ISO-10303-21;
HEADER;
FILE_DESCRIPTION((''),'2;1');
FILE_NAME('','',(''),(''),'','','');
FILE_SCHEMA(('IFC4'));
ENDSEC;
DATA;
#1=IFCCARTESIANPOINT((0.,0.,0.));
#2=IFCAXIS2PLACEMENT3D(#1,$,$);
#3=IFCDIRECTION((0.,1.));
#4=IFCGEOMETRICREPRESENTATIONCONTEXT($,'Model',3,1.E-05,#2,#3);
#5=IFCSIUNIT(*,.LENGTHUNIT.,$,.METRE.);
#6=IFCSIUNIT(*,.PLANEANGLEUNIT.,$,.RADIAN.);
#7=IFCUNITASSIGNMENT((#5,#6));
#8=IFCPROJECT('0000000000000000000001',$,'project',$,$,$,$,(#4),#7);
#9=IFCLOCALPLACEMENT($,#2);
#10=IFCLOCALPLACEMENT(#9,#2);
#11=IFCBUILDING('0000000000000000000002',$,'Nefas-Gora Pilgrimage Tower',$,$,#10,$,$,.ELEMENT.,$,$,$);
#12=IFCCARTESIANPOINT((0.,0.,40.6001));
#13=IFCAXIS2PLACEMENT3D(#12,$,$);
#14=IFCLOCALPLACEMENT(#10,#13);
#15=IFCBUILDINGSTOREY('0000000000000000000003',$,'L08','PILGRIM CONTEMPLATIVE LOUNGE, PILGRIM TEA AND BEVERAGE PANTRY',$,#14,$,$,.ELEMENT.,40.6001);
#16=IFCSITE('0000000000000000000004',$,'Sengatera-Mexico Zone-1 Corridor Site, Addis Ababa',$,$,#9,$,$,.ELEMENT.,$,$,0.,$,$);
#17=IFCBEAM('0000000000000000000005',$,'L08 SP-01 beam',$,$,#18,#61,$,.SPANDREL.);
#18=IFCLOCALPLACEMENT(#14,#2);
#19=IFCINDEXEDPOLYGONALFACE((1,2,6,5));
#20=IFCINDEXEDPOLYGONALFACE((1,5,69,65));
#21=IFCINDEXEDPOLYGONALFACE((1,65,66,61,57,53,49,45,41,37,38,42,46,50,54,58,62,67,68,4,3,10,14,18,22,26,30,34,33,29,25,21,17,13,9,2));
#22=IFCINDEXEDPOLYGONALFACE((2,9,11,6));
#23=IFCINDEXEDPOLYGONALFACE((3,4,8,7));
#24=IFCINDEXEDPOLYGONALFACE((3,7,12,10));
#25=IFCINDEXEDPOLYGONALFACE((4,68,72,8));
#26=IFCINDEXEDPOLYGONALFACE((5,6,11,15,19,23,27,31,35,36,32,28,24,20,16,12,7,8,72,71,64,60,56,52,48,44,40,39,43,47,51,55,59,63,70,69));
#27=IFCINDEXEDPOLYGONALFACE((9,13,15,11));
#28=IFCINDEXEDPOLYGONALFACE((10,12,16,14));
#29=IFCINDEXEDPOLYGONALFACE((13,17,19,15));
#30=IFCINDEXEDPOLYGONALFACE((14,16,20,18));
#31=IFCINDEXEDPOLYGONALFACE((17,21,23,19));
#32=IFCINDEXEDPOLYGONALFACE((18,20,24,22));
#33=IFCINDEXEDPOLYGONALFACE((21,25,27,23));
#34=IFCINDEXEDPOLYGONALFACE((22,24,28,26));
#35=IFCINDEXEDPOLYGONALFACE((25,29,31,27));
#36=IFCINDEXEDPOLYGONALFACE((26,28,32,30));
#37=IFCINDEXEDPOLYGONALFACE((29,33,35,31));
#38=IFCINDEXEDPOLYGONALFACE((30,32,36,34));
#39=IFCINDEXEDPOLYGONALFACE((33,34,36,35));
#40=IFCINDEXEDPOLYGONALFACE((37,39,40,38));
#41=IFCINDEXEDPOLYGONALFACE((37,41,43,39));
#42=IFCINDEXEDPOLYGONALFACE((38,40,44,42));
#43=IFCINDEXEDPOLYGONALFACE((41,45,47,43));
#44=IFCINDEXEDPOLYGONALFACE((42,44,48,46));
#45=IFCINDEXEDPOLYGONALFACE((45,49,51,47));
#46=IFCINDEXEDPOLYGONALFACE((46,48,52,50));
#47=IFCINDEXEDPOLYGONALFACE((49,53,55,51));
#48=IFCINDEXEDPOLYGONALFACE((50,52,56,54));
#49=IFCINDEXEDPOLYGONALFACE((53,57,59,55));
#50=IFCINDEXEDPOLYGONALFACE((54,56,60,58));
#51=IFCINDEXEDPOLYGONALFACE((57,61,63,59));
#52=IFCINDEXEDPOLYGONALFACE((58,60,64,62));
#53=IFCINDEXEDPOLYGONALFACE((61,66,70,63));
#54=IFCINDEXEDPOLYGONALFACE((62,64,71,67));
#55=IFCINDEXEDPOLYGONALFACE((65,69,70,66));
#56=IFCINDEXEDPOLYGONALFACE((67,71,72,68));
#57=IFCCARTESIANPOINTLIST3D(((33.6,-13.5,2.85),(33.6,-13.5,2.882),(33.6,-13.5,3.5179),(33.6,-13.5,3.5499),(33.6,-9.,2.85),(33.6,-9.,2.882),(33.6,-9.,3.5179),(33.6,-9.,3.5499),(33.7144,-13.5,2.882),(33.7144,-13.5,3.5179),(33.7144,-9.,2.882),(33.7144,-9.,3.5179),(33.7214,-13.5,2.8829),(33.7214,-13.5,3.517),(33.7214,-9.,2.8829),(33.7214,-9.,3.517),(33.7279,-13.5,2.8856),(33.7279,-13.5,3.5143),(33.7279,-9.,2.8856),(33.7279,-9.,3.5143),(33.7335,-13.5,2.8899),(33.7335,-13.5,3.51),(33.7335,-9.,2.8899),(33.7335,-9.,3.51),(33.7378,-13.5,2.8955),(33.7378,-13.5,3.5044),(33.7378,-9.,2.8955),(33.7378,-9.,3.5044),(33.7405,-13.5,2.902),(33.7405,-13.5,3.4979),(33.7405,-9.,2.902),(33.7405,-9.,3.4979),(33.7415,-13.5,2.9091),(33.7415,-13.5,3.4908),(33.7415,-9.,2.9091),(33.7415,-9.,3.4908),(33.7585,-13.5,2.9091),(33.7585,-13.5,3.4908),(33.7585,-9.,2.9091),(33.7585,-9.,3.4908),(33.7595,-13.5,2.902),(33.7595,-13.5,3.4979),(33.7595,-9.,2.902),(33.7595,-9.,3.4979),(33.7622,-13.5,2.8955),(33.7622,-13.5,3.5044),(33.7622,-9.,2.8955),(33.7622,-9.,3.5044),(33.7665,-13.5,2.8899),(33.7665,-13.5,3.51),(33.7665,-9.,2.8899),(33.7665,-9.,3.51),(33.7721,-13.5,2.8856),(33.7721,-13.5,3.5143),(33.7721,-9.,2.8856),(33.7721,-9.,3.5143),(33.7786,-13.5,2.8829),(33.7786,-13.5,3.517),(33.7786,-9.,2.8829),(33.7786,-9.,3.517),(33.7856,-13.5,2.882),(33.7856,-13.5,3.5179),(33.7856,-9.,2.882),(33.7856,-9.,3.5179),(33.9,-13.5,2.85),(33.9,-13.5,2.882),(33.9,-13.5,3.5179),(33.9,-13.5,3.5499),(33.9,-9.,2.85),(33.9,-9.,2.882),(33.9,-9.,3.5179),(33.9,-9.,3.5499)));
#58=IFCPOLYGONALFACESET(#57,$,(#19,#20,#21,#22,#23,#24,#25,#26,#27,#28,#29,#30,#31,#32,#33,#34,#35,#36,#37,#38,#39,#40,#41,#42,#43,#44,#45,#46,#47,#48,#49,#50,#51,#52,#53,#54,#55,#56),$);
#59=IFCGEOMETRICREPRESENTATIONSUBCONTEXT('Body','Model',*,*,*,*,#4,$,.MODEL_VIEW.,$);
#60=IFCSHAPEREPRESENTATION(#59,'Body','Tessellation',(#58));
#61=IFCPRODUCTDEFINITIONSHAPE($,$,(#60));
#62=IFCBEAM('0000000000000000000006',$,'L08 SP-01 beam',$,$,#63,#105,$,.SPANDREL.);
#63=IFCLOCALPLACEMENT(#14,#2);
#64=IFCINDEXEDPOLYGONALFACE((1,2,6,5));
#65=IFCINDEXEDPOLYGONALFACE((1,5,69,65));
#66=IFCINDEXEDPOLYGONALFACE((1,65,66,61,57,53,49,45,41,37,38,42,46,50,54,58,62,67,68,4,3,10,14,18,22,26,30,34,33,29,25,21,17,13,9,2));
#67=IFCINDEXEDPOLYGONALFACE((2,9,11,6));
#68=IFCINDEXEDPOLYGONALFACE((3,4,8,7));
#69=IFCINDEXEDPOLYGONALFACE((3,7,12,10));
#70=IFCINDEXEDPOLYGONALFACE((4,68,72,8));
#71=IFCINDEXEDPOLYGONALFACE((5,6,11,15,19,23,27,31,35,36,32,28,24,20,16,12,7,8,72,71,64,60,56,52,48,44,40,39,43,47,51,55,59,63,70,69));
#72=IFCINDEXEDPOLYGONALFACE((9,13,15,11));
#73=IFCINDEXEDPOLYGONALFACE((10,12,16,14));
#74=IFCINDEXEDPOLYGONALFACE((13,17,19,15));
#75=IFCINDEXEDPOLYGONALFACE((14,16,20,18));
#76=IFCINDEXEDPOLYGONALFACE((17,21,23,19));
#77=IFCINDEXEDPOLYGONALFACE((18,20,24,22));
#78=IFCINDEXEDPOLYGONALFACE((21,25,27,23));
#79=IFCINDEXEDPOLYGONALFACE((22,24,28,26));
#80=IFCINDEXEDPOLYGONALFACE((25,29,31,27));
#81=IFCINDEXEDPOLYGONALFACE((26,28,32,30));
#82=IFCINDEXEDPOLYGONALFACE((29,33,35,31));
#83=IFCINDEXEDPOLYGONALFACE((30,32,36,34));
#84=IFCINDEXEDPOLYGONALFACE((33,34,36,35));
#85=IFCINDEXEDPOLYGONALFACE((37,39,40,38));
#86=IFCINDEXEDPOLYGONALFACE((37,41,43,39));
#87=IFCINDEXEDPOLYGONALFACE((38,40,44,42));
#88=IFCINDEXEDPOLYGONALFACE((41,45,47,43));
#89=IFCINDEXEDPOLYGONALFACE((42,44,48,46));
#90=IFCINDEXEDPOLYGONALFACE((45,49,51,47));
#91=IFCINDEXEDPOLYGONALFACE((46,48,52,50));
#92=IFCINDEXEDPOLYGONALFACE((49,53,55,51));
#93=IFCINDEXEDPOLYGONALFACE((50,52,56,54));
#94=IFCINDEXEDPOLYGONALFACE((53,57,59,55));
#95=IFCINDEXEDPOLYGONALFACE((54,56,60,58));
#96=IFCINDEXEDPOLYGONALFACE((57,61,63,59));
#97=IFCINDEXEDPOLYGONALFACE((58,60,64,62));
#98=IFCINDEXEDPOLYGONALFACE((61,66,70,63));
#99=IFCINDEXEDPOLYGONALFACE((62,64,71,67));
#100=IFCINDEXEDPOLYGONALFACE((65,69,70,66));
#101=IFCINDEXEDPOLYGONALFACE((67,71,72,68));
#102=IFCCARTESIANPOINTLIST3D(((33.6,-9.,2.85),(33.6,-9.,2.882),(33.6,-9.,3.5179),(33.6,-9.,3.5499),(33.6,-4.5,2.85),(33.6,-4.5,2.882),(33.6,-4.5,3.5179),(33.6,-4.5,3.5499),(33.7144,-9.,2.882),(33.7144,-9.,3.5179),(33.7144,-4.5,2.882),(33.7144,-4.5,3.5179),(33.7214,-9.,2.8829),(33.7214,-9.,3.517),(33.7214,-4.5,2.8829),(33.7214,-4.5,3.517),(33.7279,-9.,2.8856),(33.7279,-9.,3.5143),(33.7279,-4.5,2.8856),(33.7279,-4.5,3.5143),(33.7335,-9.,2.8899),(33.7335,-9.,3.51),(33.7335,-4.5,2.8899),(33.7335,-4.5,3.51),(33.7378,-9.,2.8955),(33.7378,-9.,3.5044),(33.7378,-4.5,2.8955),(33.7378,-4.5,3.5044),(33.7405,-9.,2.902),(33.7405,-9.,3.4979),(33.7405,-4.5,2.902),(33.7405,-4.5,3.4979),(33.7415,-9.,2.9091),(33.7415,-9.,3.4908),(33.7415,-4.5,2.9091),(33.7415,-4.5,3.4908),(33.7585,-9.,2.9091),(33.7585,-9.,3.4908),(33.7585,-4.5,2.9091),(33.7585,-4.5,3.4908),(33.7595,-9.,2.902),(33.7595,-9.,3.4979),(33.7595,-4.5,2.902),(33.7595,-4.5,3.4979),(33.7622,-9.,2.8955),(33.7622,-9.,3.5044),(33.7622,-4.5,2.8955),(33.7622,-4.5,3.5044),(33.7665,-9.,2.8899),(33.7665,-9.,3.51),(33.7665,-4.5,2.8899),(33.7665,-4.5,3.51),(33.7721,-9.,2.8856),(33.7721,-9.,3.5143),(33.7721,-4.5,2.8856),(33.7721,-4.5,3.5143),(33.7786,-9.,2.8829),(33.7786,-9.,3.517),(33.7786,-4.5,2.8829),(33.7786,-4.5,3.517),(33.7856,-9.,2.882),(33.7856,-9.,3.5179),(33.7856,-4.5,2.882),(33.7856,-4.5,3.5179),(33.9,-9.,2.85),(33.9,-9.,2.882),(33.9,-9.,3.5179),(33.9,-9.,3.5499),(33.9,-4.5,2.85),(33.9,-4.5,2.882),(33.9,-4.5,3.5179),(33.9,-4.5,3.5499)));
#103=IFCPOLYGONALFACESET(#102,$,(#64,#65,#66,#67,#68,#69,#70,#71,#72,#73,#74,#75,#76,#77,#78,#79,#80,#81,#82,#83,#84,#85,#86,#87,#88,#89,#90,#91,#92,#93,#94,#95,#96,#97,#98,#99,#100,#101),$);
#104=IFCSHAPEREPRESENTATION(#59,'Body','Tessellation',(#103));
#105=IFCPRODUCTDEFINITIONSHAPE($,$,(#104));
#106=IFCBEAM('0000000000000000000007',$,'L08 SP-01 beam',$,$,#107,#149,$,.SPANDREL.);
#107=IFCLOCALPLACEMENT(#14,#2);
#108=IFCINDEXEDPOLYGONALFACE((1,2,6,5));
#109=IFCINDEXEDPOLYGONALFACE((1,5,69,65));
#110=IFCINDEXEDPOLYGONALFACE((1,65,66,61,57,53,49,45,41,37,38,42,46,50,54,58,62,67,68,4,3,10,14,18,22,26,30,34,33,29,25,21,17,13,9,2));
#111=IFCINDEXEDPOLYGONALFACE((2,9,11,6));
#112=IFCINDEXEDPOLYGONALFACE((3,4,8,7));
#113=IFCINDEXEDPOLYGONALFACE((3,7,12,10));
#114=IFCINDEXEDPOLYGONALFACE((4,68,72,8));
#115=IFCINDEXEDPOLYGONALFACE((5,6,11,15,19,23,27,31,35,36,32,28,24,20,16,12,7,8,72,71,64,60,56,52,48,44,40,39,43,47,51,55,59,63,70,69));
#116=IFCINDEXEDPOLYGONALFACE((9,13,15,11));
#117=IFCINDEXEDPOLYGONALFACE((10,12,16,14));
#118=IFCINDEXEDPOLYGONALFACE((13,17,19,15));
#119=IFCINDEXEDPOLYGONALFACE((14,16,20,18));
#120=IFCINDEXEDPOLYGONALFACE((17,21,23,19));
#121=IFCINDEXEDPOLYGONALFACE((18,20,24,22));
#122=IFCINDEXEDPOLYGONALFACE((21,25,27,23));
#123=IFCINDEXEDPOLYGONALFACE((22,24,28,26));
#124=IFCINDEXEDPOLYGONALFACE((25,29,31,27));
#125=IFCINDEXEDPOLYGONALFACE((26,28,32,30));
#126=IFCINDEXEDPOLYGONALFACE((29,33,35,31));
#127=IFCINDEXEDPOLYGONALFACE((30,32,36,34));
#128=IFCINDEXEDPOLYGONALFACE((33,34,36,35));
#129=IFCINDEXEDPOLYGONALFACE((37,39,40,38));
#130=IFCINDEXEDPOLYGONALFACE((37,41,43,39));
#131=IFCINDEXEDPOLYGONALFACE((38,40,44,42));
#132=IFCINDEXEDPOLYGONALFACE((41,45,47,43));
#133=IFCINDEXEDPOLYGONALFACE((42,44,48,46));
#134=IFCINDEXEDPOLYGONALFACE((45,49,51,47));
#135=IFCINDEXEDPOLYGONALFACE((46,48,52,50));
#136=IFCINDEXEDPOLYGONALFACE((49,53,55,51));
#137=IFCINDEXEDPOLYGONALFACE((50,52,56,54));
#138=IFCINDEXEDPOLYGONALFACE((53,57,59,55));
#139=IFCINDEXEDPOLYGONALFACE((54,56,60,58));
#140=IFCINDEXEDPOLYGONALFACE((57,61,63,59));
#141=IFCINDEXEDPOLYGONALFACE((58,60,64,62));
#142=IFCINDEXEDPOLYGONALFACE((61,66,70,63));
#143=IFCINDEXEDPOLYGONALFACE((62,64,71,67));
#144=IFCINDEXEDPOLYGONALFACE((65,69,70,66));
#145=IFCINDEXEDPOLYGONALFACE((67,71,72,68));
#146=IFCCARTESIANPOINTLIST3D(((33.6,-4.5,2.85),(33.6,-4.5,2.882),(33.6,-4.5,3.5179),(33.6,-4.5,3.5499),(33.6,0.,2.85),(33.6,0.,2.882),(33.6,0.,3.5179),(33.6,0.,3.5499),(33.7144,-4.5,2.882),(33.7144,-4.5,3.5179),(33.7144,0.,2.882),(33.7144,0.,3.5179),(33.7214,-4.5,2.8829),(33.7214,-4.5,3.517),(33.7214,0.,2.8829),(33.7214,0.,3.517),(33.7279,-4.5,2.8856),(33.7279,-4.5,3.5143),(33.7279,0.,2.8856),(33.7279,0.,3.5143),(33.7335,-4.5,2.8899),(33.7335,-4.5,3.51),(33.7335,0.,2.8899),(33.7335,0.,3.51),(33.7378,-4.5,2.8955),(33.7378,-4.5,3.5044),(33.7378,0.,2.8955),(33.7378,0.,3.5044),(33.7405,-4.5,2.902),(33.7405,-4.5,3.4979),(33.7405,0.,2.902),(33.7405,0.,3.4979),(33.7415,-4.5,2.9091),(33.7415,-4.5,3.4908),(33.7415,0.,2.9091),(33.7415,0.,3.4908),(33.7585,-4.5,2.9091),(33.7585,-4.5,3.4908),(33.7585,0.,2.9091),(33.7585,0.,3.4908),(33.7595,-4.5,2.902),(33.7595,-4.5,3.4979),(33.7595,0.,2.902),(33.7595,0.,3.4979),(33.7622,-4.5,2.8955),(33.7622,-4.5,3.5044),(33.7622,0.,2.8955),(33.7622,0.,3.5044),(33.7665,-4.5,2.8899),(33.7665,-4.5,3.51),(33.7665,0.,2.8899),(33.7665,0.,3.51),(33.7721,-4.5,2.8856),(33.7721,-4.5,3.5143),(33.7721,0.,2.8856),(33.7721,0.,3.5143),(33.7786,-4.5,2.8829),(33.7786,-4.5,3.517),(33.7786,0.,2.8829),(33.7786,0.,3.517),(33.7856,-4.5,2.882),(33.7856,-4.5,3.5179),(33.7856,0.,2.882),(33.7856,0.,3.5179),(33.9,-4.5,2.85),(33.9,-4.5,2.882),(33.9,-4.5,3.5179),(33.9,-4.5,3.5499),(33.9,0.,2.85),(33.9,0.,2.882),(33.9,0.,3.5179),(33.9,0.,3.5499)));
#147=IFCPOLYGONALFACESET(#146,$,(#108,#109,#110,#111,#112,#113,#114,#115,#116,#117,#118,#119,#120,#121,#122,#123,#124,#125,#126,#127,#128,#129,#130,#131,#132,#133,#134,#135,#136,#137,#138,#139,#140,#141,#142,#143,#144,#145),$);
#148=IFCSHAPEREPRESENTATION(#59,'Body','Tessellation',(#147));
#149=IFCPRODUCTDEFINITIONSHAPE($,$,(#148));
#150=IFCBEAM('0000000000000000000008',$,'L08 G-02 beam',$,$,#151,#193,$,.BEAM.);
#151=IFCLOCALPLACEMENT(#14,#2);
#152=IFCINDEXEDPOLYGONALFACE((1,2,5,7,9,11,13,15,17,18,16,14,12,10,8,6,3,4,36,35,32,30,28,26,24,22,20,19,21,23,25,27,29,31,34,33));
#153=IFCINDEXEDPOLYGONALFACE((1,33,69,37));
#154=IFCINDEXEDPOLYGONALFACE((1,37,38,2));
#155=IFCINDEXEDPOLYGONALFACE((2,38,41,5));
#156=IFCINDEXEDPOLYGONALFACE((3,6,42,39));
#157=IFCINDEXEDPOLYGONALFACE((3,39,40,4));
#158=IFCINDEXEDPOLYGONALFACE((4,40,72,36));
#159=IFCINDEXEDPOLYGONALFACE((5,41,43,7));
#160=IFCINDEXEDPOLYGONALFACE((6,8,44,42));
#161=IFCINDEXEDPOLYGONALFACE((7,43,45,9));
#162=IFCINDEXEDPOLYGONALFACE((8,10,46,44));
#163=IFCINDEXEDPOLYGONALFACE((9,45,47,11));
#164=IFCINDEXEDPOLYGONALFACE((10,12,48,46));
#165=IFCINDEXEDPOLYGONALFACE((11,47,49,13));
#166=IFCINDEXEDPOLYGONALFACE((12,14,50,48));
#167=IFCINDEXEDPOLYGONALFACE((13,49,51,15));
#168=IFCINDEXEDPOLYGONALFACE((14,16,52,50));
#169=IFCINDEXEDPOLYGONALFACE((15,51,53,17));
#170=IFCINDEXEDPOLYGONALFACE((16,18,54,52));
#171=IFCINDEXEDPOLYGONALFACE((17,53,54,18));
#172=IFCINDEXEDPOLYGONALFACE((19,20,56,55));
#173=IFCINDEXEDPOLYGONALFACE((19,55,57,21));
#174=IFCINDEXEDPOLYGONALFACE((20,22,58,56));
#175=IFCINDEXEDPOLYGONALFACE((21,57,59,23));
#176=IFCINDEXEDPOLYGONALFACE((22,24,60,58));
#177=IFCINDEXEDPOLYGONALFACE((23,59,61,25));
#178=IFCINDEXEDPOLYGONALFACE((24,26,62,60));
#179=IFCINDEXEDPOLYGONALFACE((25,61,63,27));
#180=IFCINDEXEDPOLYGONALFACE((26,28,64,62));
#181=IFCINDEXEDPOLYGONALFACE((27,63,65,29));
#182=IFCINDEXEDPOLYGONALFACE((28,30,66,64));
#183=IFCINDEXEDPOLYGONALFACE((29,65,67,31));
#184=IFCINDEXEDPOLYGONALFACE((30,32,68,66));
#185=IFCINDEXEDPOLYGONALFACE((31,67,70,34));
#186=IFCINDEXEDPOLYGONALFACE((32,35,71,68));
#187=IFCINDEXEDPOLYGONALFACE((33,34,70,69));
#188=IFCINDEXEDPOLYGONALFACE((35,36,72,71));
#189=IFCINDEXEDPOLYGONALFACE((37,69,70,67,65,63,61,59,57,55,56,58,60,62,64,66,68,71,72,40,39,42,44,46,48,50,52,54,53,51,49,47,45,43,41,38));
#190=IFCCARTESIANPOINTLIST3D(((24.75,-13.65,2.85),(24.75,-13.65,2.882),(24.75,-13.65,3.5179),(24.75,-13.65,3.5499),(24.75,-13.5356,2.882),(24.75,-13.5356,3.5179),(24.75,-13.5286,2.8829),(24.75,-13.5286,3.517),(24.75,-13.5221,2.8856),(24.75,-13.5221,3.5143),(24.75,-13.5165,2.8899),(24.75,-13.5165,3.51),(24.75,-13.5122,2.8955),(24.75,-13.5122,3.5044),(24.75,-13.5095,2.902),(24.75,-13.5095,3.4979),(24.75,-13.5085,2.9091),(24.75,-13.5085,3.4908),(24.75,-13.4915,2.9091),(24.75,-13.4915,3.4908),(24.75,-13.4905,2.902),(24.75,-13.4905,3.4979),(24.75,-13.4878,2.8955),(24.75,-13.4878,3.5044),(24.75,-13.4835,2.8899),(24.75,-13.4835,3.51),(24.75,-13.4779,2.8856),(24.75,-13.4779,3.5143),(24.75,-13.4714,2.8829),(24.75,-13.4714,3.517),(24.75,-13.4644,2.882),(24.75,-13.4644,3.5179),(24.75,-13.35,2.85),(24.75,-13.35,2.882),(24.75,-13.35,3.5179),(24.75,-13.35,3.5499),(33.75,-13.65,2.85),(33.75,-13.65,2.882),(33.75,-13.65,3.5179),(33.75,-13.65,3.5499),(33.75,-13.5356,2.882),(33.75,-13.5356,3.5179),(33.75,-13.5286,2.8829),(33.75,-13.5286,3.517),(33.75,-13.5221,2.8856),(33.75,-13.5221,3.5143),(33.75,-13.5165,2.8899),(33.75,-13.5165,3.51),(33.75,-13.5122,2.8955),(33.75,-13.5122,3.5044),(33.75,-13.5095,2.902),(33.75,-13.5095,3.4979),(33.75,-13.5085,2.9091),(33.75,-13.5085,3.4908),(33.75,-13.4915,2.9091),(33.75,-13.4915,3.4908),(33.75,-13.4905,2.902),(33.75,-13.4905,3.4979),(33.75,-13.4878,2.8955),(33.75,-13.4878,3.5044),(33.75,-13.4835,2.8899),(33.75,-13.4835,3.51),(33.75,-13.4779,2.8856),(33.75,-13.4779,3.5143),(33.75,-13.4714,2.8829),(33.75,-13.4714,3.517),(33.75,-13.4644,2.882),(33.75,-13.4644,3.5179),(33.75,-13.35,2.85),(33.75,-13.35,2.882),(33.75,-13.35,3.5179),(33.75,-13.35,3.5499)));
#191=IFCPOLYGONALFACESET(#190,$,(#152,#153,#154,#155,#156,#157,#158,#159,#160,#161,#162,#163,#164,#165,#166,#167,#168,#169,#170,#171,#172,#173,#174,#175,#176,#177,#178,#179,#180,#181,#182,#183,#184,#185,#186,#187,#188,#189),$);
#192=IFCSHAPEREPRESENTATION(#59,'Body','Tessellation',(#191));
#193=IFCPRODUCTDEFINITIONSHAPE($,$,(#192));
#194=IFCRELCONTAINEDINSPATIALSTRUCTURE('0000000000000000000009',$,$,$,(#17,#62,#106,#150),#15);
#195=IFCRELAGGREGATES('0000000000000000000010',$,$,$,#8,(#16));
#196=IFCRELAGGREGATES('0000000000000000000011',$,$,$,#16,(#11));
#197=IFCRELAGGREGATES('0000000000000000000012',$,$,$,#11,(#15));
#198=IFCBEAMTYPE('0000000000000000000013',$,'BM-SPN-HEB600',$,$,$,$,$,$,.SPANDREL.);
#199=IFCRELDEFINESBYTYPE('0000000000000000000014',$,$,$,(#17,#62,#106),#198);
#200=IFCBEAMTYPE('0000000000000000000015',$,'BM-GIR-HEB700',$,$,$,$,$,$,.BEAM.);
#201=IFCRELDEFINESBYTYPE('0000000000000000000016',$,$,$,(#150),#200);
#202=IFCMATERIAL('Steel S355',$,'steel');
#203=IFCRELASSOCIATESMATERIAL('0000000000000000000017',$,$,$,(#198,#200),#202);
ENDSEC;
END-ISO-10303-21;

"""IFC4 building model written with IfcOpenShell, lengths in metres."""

from ifc_helpers import new_model, si_unit, direction, frame, origin, origin_2d, place, context, subcontext, project, spatial, i_section, extrude, source, transform, mapped, material, material_profile, profile_set, type_object, element, save


model = new_model("IFC4")

# Units and contexts
model_context = context("Model", 3, precision=1e-05, world=origin(), true_north=direction((0.0, 1.0)))
body_context = subcontext(model_context, "Body", "Model", "MODEL_VIEW")
ifc_project = project(units=[si_unit("LENGTHUNIT", "METRE"), si_unit("PLANEANGLEUNIT", "RADIAN")], contexts=[model_context])

# Site, building, storey
site_placement = place(None, origin())
site = spatial("IfcSite", under=ifc_project, at=site_placement, Name="Sengatera-Mexico Zone-1 Corridor Site, Addis Ababa", CompositionType="ELEMENT", RefElevation=0.0)
building_placement = place(site_placement, origin())
building = spatial("IfcBuilding", under=site, at=building_placement, Name="Nefas-Gora Pilgrimage Tower", CompositionType="ELEMENT")
storey_placement = place(building_placement, frame((0.0, 0.0, 40.6001)))
storey = spatial("IfcBuildingStorey", under=building, at=storey_placement, Name="L08", Description="PILGRIM CONTEMPLATIVE LOUNGE, PILGRIM TEA AND BEVERAGE PANTRY", CompositionType="ELEMENT", Elevation=40.6001)

# Beams
ifc_material_1 = material(Name="Steel S355", Category="steel")
ifc_material_profile_1 = material_profile(ifc_material_1, i_section(OverallWidth=0.3, OverallDepth=0.7, WebThickness=0.0171, FlangeThickness=0.032, FilletRadius=0.0271, at=origin_2d()), Name="HEB 700")
ifc_profile_set_1 = profile_set([ifc_material_profile_1], Name="Steel S355")
beam_type_1 = type_object("IfcBeamType", Name="BM-SPN-HEB600", PredefinedType="SPANDREL", material=ifc_profile_set_1)
shared_shape_1 = source(origin(), body_context, "Body", "SweptSolid", [
    extrude(i_section(OverallWidth=0.3, OverallDepth=0.7, WebThickness=0.0171, FlangeThickness=0.032, FilletRadius=0.0271, at=origin_2d()), origin(), (0.0, 0.0, 1.0), 4.5),
])
for number, where, z_axis, x_axis, name in (
    (1, (33.75, -13.5, 3.2), (0.0, 1.0, 0.0), (-1.0, 0.0, 0.0), "L08 SP-01 beam"),
    (2, (33.75, -9.0, 3.2), (0.0, 1.0, 0.0), (-1.0, 0.0, 0.0), "L08 SP-01 beam"),
    (3, (33.75, -4.5, 3.2), (0.0, 1.0, 0.0), (-1.0, 0.0, 0.0), "L08 SP-01 beam"),
):
    element("IfcBeam", number, at=place(storey_placement, frame(where, z_axis=z_axis, x_axis=x_axis)), inside=storey, type_object=beam_type_1, Name=name, PredefinedType="SPANDREL", context=body_context, shape_type="MappedRepresentation", body=[
        mapped(shared_shape_1, transform((0.0, 0.0, 0.0), x_axis=(1.0, 0.0, 0.0), y_axis=(0.0, 1.0, 0.0), z_axis=(0.0, 0.0, 1.0), scale=1.0)),
    ])
ifc_material_profile_2 = material_profile(ifc_material_1, i_section(OverallWidth=0.3, OverallDepth=0.7, WebThickness=0.0171, FlangeThickness=0.032, FilletRadius=0.0271, at=origin_2d()), Name="HEB 700")
ifc_profile_set_2 = profile_set([ifc_material_profile_2], Name="Steel S355")
beam_type_2 = type_object("IfcBeamType", Name="BM-GIR-HEB700", PredefinedType="BEAM", material=ifc_profile_set_2)
shared_shape_2 = source(origin(), body_context, "Body", "SweptSolid", [
    extrude(i_section(OverallWidth=0.3, OverallDepth=0.7, WebThickness=0.0171, FlangeThickness=0.032, FilletRadius=0.0271, at=origin_2d()), origin(), (0.0, 0.0, 1.0), 9.0),
])
for number, where, z_axis, x_axis, name in (
    (4, (24.75, -13.5, 3.2), (1.0, 0.0, 0.0), (0.0, 1.0, 0.0), "L08 G-02 beam"),
):
    element("IfcBeam", number, at=place(storey_placement, frame(where, z_axis=z_axis, x_axis=x_axis)), inside=storey, type_object=beam_type_2, Name=name, PredefinedType="BEAM", context=body_context, shape_type="MappedRepresentation", body=[
        mapped(shared_shape_2, transform((0.0, 0.0, 0.0), x_axis=(1.0, 0.0, 0.0), y_axis=(0.0, 1.0, 0.0), z_axis=(0.0, 0.0, 1.0), scale=1.0)),
    ])

save(model, "model.ifc")
